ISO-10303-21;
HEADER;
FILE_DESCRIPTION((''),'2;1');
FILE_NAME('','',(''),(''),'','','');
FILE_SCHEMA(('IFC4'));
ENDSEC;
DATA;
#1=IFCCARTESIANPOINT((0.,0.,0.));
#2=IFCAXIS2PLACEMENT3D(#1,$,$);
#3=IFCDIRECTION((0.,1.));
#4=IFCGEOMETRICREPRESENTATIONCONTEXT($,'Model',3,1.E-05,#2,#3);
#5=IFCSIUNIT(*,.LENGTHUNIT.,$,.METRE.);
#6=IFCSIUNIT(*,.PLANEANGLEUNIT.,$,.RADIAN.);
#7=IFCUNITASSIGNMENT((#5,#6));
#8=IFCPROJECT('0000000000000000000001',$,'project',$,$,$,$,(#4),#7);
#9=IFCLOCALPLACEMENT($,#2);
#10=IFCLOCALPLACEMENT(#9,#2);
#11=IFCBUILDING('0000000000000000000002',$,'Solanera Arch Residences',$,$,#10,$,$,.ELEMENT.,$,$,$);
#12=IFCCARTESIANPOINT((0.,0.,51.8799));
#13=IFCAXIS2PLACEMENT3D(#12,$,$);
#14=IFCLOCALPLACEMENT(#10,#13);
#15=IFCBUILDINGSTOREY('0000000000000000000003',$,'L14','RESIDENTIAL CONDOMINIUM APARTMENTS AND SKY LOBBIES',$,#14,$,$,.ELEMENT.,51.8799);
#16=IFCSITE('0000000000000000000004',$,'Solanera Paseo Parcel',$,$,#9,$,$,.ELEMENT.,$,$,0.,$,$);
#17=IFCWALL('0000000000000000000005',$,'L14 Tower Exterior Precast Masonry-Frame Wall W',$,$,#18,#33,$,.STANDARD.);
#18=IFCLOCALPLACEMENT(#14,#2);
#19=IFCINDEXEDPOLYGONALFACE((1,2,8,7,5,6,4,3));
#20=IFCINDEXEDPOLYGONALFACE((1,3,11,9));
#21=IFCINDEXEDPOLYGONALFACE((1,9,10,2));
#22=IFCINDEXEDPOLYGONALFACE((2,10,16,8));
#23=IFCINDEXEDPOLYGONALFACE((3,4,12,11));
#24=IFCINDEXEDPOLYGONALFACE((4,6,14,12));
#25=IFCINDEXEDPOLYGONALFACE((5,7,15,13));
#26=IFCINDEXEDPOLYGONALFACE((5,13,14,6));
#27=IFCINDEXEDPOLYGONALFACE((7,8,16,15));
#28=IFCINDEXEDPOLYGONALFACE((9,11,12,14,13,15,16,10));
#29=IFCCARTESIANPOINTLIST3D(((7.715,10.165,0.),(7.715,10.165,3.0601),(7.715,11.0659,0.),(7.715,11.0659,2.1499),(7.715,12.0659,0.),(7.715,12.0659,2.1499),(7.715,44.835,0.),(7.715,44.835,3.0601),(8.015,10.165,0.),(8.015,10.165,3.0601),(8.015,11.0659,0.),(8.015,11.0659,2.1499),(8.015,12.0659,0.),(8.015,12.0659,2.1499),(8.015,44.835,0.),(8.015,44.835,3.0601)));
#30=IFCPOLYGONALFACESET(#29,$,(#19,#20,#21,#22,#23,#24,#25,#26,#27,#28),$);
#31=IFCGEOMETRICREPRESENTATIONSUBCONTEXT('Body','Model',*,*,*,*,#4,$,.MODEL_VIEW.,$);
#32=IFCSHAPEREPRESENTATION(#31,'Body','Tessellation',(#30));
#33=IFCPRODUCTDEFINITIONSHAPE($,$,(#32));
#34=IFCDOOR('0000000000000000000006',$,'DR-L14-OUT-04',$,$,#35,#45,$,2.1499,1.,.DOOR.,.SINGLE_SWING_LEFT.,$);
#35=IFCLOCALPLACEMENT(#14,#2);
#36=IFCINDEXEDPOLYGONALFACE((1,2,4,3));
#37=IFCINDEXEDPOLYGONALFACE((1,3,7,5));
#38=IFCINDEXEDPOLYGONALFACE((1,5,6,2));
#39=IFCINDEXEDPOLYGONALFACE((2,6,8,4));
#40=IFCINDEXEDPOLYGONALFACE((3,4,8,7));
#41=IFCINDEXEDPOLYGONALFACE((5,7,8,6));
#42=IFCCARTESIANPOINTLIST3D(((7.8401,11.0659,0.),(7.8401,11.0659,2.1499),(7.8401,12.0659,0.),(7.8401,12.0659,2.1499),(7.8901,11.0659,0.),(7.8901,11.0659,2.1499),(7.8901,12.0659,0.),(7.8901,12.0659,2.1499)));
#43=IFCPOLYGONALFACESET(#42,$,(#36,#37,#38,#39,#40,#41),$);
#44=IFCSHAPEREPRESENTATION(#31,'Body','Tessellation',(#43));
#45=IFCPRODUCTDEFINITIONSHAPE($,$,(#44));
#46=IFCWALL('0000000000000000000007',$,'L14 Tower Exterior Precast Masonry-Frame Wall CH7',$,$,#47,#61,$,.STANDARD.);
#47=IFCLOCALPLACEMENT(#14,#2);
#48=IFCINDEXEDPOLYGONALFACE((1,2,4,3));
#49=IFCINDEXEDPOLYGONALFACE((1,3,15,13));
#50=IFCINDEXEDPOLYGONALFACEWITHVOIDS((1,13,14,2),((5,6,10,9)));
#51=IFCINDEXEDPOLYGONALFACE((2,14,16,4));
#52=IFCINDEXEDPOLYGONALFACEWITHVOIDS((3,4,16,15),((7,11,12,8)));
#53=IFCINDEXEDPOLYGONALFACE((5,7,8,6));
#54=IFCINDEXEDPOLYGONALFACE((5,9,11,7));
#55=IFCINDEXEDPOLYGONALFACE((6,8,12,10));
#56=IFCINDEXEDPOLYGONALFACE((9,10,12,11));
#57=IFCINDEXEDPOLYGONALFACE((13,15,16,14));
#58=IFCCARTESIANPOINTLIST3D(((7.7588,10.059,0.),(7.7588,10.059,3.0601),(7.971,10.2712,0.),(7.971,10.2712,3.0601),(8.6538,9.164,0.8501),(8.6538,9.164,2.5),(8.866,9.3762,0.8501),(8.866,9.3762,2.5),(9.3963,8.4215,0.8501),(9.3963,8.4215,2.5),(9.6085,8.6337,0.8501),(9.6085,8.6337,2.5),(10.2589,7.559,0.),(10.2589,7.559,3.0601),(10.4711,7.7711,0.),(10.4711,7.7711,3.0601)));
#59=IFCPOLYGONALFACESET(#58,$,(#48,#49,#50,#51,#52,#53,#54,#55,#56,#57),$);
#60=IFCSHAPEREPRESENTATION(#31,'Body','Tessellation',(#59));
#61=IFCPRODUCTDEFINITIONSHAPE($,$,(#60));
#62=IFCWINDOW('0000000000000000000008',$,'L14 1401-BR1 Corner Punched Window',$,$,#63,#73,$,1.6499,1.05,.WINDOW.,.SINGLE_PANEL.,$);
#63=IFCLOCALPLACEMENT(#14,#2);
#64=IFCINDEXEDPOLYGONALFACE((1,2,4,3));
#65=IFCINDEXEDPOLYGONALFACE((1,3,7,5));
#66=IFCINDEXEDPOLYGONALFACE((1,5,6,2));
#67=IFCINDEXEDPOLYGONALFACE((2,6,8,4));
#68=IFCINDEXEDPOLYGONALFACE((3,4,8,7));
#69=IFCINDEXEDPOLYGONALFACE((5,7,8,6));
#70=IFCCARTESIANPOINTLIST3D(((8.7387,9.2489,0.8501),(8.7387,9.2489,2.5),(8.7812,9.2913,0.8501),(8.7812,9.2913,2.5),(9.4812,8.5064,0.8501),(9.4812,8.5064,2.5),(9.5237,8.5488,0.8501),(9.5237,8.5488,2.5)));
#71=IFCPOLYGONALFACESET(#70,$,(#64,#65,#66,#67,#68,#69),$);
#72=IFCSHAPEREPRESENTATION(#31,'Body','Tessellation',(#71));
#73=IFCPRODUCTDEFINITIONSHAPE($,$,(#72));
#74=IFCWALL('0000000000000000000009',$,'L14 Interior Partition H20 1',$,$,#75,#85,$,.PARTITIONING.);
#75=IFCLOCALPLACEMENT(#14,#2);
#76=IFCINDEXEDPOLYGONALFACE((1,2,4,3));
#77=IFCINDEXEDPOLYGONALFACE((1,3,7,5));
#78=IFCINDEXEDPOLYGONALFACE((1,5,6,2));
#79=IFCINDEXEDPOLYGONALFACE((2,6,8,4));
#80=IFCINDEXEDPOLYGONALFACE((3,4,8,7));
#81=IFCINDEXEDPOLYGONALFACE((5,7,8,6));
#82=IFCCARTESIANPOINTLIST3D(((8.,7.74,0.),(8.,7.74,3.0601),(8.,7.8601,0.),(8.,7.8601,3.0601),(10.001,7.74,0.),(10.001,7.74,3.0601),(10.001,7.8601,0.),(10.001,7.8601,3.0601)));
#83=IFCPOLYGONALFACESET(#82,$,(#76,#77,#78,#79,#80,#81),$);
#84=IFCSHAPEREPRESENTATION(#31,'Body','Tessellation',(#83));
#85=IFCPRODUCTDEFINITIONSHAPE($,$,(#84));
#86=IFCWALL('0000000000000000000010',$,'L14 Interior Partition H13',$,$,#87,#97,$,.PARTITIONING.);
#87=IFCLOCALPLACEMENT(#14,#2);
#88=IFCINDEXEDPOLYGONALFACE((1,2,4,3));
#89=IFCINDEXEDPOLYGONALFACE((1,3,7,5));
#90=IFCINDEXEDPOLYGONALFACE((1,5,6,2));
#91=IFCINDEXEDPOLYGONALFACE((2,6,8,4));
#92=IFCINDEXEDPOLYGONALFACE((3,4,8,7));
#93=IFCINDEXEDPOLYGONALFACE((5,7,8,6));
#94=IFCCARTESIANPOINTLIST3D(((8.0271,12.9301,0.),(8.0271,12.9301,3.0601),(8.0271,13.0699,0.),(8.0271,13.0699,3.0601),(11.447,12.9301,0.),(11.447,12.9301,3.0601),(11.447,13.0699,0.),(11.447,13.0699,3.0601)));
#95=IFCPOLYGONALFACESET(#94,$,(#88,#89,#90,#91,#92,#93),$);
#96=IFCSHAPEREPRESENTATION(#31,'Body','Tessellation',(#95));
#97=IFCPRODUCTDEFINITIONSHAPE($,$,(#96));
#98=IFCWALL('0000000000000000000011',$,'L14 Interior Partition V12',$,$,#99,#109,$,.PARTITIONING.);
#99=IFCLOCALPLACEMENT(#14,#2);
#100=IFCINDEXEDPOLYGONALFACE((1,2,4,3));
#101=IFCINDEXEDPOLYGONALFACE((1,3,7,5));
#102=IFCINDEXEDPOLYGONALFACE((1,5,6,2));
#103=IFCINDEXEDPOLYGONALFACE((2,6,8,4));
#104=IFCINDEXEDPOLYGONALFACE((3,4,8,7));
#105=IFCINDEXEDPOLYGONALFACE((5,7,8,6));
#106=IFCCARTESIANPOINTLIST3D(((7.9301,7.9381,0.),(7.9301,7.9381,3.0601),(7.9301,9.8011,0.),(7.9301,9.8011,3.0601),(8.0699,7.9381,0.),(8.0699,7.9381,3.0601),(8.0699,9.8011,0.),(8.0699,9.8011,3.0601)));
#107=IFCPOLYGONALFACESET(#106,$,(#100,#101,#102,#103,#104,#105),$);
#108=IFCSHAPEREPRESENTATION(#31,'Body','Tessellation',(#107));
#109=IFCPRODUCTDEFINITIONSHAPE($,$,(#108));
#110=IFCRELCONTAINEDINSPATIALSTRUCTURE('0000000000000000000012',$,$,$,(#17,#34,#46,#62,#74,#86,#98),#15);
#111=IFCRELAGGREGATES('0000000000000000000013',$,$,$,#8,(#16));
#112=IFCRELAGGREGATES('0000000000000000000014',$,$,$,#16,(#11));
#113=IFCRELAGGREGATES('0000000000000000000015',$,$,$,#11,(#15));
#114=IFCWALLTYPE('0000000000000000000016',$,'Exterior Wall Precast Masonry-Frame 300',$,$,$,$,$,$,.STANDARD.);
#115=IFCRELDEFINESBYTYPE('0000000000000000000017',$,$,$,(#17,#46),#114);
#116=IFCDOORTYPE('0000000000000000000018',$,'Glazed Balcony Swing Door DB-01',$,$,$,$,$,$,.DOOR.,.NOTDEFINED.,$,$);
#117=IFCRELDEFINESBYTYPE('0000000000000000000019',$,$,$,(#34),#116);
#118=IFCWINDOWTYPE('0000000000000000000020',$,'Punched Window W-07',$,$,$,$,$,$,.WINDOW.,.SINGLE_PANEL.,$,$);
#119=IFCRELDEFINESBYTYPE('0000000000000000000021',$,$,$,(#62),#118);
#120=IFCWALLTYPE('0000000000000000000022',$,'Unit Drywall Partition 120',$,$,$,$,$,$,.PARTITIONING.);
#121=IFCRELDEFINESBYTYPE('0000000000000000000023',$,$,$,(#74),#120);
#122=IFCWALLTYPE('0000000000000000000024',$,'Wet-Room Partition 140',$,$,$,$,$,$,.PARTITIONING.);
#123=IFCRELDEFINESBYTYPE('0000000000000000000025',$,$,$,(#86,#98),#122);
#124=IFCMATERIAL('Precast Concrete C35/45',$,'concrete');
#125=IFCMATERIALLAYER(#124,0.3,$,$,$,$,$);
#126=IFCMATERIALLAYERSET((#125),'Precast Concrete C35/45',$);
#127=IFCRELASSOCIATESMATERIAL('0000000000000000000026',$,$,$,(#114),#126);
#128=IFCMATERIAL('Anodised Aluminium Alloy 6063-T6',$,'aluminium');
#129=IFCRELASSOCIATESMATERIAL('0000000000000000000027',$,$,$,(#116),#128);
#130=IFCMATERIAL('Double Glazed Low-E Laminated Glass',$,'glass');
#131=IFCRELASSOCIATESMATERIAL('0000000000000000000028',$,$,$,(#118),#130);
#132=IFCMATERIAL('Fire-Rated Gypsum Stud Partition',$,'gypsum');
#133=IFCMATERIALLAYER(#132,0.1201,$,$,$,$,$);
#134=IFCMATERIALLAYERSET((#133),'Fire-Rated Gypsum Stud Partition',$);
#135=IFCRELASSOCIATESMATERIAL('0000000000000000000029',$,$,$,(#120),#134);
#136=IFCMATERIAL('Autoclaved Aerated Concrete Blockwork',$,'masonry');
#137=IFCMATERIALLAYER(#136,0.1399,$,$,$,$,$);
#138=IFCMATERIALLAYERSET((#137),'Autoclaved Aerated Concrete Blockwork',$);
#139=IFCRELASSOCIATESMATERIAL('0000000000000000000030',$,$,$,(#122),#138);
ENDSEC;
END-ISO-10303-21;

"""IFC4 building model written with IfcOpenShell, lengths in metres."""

from ifc_helpers import new_model, si_unit, direction, frame, frame_2d, origin, place, context, subcontext, project, spatial, rectangle, extrude, material, layer, layer_set, type_object, element, fill, save


model = new_model("IFC4")

# Units and contexts
model_context = context("Model", 3, precision=1e-05, world=origin(), true_north=direction((0.0, 1.0)))
body_context = subcontext(model_context, "Body", "Model", "MODEL_VIEW")
ifc_project = project(units=[si_unit("LENGTHUNIT", "METRE"), si_unit("PLANEANGLEUNIT", "RADIAN")], contexts=[model_context])

# Site, building, storey
site_placement = place(None, origin())
site = spatial("IfcSite", under=ifc_project, at=site_placement, Name="Solanera Paseo Parcel", CompositionType="ELEMENT", RefElevation=0.0)
building_placement = place(site_placement, origin())
building = spatial("IfcBuilding", under=site, at=building_placement, Name="Solanera Arch Residences", CompositionType="ELEMENT")
storey_placement = place(building_placement, frame((0.0, 0.0, 51.8799)))
storey = spatial("IfcBuildingStorey", under=building, at=storey_placement, Name="L14", Description="RESIDENTIAL CONDOMINIUM APARTMENTS AND SKY LOBBIES", CompositionType="ELEMENT", Elevation=51.8799)

# Wall, opening, door
ifc_material_1 = material(Name="Precast Concrete C35/45", Category="concrete")
ifc_layer_1 = layer(ifc_material_1, 0.3)
ifc_layer_set_1 = layer_set([ifc_layer_1], Name="Precast Concrete C35/45")
wall_type_1 = type_object("IfcWallType", Name="Exterior Wall Precast Masonry-Frame 300", PredefinedType="STANDARD", material=ifc_layer_set_1)
wall_1_placement = place(storey_placement, frame((7.865, 10.165, 0.0), z_axis=(0.0, 0.0, 1.0), x_axis=(0.0, 1.0, 0.0)))
wall_1 = element("IfcWall", 1, at=wall_1_placement, inside=storey, type_object=wall_type_1, Name="L14 Tower Exterior Precast Masonry-Frame Wall W", PredefinedType="STANDARD", context=body_context, shape_type="SweptSolid", body=[
    extrude(rectangle(XDim=34.6699, YDim=0.3, at=frame_2d((17.335, 0.0))), origin(), (0.0, 0.0, 1.0), 3.0601),
])
opening_1_placement = place(wall_1_placement, frame((0.9009, 0.0, 0.0)))
opening_1 = element("IfcOpeningElement", 2, at=opening_1_placement, cuts=wall_1, PredefinedType="OPENING", context=body_context, shape_type="SweptSolid", body=[
    extrude(rectangle(XDim=1.0, YDim=2.1499, at=frame_2d((0.5, 1.075))), frame((0.0, 0.1599, 0.0), z_axis=(0.0, -1.0, 0.0), x_axis=(1.0, 0.0, 0.0)), (0.0, 0.0, 1.0), 0.32),
])
ifc_material_2 = material(Name="Anodised Aluminium Alloy 6063-T6", Category="aluminium")
door_type = type_object("IfcDoorType", Name="Glazed Balcony Swing Door DB-01", OperationType="NOTDEFINED", PredefinedType="DOOR", material=ifc_material_2)
door_placement = place(opening_1_placement, origin())
door = element("IfcDoor", 3, at=door_placement, inside=storey, type_object=door_type, Name="DR-L14-OUT-04", OperationType="SINGLE_SWING_LEFT", OverallHeight=2.1499, OverallWidth=1.0, PredefinedType="DOOR", context=body_context, shape_type="SweptSolid", body=[
    extrude(rectangle(XDim=1.0, YDim=2.1499, at=frame_2d((0.5, 1.075))), frame((0.0, 0.0249, 0.0), z_axis=(0.0, -1.0, 0.0), x_axis=(1.0, 0.0, 0.0)), (0.0, 0.0, 1.0), 0.05),
])
fill(opening_1, door)

# Wall, opening, window
wall_2_placement = place(storey_placement, frame((10.365, 7.665, 0.0), z_axis=(0.0, 0.0, 1.0), x_axis=(-0.707107, 0.707107, 0.0)))
wall_2 = element("IfcWall", 4, at=wall_2_placement, inside=storey, type_object=wall_type_1, Name="L14 Tower Exterior Precast Masonry-Frame Wall CH7", PredefinedType="STANDARD", context=body_context, shape_type="SweptSolid", body=[
    extrude(rectangle(XDim=3.5356, YDim=0.3, at=frame_2d((1.7678, 0.0))), origin(), (0.0, 0.0, 1.0), 3.0601),
])
opening_2_placement = place(wall_2_placement, frame((1.22, 0.0, 0.8501)))
opening_2 = element("IfcOpeningElement", 5, at=opening_2_placement, cuts=wall_2, PredefinedType="OPENING", context=body_context, shape_type="SweptSolid", body=[
    extrude(rectangle(XDim=1.05, YDim=1.6499, at=frame_2d((0.5249, 0.825))), frame((0.0, 0.1599, 0.0), z_axis=(0.0, -1.0, 0.0), x_axis=(1.0, 0.0, 0.0)), (0.0, 0.0, 1.0), 0.32),
])
ifc_material_3 = material(Name="Double Glazed Low-E Laminated Glass", Category="glass")
window_type = type_object("IfcWindowType", Name="Punched Window W-07", PartitioningType="SINGLE_PANEL", PredefinedType="WINDOW", material=ifc_material_3)
window_placement = place(opening_2_placement, origin())
window = element("IfcWindow", 6, at=window_placement, inside=storey, type_object=window_type, Name="L14 1401-BR1 Corner Punched Window", OverallHeight=1.6499, OverallWidth=1.05, PartitioningType="SINGLE_PANEL", PredefinedType="WINDOW", context=body_context, shape_type="SweptSolid", body=[
    extrude(rectangle(XDim=1.05, YDim=1.6499, at=frame_2d((0.5249, 0.825))), frame((0.0, 0.03, 0.0), z_axis=(0.0, -1.0, 0.0), x_axis=(1.0, 0.0, 0.0)), (0.0, 0.0, 1.0), 0.0601),
])
fill(opening_2, window)

# Walls
ifc_material_4 = material(Name="Fire-Rated Gypsum Stud Partition", Category="gypsum")
ifc_layer_2 = layer(ifc_material_4, 0.1201)
ifc_layer_set_2 = layer_set([ifc_layer_2], Name="Fire-Rated Gypsum Stud Partition")
wall_type_2 = type_object("IfcWallType", Name="Unit Drywall Partition 120", PredefinedType="PARTITIONING", material=ifc_layer_set_2)
wall_3_placement = place(storey_placement, frame((8.0, 7.8, 0.0), z_axis=(0.0, 0.0, 1.0), x_axis=(1.0, 0.0, 0.0)))
element("IfcWall", 7, at=wall_3_placement, inside=storey, type_object=wall_type_2, Name="L14 Interior Partition H20 1", PredefinedType="PARTITIONING", context=body_context, shape_type="SweptSolid", body=[
    extrude(rectangle(XDim=2.001, YDim=0.1201, at=frame_2d((1.0005, 0.0))), origin(), (0.0, 0.0, 1.0), 3.0601),
])
ifc_material_5 = material(Name="Autoclaved Aerated Concrete Blockwork", Category="masonry")
ifc_layer_3 = layer(ifc_material_5, 0.1399)
ifc_layer_set_3 = layer_set([ifc_layer_3], Name="Autoclaved Aerated Concrete Blockwork")
wall_type_3 = type_object("IfcWallType", Name="Wet-Room Partition 140", PredefinedType="PARTITIONING", material=ifc_layer_set_3)
wall_4_placement = place(storey_placement, frame((8.0271, 13.0, 0.0), z_axis=(0.0, 0.0, 1.0), x_axis=(1.0, 0.0, 0.0)))
element("IfcWall", 8, at=wall_4_placement, inside=storey, type_object=wall_type_3, Name="L14 Interior Partition H13", PredefinedType="PARTITIONING", context=body_context, shape_type="SweptSolid", body=[
    extrude(rectangle(XDim=3.4199, YDim=0.1399, at=frame_2d((1.71, 0.0))), origin(), (0.0, 0.0, 1.0), 3.0601),
])
wall_5_placement = place(storey_placement, frame((8.0, 7.938, 0.0), z_axis=(0.0, 0.0, 1.0), x_axis=(0.0, 1.0, 0.0)))
element("IfcWall", 9, at=wall_5_placement, inside=storey, type_object=wall_type_3, Name="L14 Interior Partition V12", PredefinedType="PARTITIONING", context=body_context, shape_type="SweptSolid", body=[
    extrude(rectangle(XDim=1.863, YDim=0.1399, at=frame_2d((0.9316, 0.0))), origin(), (0.0, 0.0, 1.0), 3.0601),
])

save(model, "model.ifc")
